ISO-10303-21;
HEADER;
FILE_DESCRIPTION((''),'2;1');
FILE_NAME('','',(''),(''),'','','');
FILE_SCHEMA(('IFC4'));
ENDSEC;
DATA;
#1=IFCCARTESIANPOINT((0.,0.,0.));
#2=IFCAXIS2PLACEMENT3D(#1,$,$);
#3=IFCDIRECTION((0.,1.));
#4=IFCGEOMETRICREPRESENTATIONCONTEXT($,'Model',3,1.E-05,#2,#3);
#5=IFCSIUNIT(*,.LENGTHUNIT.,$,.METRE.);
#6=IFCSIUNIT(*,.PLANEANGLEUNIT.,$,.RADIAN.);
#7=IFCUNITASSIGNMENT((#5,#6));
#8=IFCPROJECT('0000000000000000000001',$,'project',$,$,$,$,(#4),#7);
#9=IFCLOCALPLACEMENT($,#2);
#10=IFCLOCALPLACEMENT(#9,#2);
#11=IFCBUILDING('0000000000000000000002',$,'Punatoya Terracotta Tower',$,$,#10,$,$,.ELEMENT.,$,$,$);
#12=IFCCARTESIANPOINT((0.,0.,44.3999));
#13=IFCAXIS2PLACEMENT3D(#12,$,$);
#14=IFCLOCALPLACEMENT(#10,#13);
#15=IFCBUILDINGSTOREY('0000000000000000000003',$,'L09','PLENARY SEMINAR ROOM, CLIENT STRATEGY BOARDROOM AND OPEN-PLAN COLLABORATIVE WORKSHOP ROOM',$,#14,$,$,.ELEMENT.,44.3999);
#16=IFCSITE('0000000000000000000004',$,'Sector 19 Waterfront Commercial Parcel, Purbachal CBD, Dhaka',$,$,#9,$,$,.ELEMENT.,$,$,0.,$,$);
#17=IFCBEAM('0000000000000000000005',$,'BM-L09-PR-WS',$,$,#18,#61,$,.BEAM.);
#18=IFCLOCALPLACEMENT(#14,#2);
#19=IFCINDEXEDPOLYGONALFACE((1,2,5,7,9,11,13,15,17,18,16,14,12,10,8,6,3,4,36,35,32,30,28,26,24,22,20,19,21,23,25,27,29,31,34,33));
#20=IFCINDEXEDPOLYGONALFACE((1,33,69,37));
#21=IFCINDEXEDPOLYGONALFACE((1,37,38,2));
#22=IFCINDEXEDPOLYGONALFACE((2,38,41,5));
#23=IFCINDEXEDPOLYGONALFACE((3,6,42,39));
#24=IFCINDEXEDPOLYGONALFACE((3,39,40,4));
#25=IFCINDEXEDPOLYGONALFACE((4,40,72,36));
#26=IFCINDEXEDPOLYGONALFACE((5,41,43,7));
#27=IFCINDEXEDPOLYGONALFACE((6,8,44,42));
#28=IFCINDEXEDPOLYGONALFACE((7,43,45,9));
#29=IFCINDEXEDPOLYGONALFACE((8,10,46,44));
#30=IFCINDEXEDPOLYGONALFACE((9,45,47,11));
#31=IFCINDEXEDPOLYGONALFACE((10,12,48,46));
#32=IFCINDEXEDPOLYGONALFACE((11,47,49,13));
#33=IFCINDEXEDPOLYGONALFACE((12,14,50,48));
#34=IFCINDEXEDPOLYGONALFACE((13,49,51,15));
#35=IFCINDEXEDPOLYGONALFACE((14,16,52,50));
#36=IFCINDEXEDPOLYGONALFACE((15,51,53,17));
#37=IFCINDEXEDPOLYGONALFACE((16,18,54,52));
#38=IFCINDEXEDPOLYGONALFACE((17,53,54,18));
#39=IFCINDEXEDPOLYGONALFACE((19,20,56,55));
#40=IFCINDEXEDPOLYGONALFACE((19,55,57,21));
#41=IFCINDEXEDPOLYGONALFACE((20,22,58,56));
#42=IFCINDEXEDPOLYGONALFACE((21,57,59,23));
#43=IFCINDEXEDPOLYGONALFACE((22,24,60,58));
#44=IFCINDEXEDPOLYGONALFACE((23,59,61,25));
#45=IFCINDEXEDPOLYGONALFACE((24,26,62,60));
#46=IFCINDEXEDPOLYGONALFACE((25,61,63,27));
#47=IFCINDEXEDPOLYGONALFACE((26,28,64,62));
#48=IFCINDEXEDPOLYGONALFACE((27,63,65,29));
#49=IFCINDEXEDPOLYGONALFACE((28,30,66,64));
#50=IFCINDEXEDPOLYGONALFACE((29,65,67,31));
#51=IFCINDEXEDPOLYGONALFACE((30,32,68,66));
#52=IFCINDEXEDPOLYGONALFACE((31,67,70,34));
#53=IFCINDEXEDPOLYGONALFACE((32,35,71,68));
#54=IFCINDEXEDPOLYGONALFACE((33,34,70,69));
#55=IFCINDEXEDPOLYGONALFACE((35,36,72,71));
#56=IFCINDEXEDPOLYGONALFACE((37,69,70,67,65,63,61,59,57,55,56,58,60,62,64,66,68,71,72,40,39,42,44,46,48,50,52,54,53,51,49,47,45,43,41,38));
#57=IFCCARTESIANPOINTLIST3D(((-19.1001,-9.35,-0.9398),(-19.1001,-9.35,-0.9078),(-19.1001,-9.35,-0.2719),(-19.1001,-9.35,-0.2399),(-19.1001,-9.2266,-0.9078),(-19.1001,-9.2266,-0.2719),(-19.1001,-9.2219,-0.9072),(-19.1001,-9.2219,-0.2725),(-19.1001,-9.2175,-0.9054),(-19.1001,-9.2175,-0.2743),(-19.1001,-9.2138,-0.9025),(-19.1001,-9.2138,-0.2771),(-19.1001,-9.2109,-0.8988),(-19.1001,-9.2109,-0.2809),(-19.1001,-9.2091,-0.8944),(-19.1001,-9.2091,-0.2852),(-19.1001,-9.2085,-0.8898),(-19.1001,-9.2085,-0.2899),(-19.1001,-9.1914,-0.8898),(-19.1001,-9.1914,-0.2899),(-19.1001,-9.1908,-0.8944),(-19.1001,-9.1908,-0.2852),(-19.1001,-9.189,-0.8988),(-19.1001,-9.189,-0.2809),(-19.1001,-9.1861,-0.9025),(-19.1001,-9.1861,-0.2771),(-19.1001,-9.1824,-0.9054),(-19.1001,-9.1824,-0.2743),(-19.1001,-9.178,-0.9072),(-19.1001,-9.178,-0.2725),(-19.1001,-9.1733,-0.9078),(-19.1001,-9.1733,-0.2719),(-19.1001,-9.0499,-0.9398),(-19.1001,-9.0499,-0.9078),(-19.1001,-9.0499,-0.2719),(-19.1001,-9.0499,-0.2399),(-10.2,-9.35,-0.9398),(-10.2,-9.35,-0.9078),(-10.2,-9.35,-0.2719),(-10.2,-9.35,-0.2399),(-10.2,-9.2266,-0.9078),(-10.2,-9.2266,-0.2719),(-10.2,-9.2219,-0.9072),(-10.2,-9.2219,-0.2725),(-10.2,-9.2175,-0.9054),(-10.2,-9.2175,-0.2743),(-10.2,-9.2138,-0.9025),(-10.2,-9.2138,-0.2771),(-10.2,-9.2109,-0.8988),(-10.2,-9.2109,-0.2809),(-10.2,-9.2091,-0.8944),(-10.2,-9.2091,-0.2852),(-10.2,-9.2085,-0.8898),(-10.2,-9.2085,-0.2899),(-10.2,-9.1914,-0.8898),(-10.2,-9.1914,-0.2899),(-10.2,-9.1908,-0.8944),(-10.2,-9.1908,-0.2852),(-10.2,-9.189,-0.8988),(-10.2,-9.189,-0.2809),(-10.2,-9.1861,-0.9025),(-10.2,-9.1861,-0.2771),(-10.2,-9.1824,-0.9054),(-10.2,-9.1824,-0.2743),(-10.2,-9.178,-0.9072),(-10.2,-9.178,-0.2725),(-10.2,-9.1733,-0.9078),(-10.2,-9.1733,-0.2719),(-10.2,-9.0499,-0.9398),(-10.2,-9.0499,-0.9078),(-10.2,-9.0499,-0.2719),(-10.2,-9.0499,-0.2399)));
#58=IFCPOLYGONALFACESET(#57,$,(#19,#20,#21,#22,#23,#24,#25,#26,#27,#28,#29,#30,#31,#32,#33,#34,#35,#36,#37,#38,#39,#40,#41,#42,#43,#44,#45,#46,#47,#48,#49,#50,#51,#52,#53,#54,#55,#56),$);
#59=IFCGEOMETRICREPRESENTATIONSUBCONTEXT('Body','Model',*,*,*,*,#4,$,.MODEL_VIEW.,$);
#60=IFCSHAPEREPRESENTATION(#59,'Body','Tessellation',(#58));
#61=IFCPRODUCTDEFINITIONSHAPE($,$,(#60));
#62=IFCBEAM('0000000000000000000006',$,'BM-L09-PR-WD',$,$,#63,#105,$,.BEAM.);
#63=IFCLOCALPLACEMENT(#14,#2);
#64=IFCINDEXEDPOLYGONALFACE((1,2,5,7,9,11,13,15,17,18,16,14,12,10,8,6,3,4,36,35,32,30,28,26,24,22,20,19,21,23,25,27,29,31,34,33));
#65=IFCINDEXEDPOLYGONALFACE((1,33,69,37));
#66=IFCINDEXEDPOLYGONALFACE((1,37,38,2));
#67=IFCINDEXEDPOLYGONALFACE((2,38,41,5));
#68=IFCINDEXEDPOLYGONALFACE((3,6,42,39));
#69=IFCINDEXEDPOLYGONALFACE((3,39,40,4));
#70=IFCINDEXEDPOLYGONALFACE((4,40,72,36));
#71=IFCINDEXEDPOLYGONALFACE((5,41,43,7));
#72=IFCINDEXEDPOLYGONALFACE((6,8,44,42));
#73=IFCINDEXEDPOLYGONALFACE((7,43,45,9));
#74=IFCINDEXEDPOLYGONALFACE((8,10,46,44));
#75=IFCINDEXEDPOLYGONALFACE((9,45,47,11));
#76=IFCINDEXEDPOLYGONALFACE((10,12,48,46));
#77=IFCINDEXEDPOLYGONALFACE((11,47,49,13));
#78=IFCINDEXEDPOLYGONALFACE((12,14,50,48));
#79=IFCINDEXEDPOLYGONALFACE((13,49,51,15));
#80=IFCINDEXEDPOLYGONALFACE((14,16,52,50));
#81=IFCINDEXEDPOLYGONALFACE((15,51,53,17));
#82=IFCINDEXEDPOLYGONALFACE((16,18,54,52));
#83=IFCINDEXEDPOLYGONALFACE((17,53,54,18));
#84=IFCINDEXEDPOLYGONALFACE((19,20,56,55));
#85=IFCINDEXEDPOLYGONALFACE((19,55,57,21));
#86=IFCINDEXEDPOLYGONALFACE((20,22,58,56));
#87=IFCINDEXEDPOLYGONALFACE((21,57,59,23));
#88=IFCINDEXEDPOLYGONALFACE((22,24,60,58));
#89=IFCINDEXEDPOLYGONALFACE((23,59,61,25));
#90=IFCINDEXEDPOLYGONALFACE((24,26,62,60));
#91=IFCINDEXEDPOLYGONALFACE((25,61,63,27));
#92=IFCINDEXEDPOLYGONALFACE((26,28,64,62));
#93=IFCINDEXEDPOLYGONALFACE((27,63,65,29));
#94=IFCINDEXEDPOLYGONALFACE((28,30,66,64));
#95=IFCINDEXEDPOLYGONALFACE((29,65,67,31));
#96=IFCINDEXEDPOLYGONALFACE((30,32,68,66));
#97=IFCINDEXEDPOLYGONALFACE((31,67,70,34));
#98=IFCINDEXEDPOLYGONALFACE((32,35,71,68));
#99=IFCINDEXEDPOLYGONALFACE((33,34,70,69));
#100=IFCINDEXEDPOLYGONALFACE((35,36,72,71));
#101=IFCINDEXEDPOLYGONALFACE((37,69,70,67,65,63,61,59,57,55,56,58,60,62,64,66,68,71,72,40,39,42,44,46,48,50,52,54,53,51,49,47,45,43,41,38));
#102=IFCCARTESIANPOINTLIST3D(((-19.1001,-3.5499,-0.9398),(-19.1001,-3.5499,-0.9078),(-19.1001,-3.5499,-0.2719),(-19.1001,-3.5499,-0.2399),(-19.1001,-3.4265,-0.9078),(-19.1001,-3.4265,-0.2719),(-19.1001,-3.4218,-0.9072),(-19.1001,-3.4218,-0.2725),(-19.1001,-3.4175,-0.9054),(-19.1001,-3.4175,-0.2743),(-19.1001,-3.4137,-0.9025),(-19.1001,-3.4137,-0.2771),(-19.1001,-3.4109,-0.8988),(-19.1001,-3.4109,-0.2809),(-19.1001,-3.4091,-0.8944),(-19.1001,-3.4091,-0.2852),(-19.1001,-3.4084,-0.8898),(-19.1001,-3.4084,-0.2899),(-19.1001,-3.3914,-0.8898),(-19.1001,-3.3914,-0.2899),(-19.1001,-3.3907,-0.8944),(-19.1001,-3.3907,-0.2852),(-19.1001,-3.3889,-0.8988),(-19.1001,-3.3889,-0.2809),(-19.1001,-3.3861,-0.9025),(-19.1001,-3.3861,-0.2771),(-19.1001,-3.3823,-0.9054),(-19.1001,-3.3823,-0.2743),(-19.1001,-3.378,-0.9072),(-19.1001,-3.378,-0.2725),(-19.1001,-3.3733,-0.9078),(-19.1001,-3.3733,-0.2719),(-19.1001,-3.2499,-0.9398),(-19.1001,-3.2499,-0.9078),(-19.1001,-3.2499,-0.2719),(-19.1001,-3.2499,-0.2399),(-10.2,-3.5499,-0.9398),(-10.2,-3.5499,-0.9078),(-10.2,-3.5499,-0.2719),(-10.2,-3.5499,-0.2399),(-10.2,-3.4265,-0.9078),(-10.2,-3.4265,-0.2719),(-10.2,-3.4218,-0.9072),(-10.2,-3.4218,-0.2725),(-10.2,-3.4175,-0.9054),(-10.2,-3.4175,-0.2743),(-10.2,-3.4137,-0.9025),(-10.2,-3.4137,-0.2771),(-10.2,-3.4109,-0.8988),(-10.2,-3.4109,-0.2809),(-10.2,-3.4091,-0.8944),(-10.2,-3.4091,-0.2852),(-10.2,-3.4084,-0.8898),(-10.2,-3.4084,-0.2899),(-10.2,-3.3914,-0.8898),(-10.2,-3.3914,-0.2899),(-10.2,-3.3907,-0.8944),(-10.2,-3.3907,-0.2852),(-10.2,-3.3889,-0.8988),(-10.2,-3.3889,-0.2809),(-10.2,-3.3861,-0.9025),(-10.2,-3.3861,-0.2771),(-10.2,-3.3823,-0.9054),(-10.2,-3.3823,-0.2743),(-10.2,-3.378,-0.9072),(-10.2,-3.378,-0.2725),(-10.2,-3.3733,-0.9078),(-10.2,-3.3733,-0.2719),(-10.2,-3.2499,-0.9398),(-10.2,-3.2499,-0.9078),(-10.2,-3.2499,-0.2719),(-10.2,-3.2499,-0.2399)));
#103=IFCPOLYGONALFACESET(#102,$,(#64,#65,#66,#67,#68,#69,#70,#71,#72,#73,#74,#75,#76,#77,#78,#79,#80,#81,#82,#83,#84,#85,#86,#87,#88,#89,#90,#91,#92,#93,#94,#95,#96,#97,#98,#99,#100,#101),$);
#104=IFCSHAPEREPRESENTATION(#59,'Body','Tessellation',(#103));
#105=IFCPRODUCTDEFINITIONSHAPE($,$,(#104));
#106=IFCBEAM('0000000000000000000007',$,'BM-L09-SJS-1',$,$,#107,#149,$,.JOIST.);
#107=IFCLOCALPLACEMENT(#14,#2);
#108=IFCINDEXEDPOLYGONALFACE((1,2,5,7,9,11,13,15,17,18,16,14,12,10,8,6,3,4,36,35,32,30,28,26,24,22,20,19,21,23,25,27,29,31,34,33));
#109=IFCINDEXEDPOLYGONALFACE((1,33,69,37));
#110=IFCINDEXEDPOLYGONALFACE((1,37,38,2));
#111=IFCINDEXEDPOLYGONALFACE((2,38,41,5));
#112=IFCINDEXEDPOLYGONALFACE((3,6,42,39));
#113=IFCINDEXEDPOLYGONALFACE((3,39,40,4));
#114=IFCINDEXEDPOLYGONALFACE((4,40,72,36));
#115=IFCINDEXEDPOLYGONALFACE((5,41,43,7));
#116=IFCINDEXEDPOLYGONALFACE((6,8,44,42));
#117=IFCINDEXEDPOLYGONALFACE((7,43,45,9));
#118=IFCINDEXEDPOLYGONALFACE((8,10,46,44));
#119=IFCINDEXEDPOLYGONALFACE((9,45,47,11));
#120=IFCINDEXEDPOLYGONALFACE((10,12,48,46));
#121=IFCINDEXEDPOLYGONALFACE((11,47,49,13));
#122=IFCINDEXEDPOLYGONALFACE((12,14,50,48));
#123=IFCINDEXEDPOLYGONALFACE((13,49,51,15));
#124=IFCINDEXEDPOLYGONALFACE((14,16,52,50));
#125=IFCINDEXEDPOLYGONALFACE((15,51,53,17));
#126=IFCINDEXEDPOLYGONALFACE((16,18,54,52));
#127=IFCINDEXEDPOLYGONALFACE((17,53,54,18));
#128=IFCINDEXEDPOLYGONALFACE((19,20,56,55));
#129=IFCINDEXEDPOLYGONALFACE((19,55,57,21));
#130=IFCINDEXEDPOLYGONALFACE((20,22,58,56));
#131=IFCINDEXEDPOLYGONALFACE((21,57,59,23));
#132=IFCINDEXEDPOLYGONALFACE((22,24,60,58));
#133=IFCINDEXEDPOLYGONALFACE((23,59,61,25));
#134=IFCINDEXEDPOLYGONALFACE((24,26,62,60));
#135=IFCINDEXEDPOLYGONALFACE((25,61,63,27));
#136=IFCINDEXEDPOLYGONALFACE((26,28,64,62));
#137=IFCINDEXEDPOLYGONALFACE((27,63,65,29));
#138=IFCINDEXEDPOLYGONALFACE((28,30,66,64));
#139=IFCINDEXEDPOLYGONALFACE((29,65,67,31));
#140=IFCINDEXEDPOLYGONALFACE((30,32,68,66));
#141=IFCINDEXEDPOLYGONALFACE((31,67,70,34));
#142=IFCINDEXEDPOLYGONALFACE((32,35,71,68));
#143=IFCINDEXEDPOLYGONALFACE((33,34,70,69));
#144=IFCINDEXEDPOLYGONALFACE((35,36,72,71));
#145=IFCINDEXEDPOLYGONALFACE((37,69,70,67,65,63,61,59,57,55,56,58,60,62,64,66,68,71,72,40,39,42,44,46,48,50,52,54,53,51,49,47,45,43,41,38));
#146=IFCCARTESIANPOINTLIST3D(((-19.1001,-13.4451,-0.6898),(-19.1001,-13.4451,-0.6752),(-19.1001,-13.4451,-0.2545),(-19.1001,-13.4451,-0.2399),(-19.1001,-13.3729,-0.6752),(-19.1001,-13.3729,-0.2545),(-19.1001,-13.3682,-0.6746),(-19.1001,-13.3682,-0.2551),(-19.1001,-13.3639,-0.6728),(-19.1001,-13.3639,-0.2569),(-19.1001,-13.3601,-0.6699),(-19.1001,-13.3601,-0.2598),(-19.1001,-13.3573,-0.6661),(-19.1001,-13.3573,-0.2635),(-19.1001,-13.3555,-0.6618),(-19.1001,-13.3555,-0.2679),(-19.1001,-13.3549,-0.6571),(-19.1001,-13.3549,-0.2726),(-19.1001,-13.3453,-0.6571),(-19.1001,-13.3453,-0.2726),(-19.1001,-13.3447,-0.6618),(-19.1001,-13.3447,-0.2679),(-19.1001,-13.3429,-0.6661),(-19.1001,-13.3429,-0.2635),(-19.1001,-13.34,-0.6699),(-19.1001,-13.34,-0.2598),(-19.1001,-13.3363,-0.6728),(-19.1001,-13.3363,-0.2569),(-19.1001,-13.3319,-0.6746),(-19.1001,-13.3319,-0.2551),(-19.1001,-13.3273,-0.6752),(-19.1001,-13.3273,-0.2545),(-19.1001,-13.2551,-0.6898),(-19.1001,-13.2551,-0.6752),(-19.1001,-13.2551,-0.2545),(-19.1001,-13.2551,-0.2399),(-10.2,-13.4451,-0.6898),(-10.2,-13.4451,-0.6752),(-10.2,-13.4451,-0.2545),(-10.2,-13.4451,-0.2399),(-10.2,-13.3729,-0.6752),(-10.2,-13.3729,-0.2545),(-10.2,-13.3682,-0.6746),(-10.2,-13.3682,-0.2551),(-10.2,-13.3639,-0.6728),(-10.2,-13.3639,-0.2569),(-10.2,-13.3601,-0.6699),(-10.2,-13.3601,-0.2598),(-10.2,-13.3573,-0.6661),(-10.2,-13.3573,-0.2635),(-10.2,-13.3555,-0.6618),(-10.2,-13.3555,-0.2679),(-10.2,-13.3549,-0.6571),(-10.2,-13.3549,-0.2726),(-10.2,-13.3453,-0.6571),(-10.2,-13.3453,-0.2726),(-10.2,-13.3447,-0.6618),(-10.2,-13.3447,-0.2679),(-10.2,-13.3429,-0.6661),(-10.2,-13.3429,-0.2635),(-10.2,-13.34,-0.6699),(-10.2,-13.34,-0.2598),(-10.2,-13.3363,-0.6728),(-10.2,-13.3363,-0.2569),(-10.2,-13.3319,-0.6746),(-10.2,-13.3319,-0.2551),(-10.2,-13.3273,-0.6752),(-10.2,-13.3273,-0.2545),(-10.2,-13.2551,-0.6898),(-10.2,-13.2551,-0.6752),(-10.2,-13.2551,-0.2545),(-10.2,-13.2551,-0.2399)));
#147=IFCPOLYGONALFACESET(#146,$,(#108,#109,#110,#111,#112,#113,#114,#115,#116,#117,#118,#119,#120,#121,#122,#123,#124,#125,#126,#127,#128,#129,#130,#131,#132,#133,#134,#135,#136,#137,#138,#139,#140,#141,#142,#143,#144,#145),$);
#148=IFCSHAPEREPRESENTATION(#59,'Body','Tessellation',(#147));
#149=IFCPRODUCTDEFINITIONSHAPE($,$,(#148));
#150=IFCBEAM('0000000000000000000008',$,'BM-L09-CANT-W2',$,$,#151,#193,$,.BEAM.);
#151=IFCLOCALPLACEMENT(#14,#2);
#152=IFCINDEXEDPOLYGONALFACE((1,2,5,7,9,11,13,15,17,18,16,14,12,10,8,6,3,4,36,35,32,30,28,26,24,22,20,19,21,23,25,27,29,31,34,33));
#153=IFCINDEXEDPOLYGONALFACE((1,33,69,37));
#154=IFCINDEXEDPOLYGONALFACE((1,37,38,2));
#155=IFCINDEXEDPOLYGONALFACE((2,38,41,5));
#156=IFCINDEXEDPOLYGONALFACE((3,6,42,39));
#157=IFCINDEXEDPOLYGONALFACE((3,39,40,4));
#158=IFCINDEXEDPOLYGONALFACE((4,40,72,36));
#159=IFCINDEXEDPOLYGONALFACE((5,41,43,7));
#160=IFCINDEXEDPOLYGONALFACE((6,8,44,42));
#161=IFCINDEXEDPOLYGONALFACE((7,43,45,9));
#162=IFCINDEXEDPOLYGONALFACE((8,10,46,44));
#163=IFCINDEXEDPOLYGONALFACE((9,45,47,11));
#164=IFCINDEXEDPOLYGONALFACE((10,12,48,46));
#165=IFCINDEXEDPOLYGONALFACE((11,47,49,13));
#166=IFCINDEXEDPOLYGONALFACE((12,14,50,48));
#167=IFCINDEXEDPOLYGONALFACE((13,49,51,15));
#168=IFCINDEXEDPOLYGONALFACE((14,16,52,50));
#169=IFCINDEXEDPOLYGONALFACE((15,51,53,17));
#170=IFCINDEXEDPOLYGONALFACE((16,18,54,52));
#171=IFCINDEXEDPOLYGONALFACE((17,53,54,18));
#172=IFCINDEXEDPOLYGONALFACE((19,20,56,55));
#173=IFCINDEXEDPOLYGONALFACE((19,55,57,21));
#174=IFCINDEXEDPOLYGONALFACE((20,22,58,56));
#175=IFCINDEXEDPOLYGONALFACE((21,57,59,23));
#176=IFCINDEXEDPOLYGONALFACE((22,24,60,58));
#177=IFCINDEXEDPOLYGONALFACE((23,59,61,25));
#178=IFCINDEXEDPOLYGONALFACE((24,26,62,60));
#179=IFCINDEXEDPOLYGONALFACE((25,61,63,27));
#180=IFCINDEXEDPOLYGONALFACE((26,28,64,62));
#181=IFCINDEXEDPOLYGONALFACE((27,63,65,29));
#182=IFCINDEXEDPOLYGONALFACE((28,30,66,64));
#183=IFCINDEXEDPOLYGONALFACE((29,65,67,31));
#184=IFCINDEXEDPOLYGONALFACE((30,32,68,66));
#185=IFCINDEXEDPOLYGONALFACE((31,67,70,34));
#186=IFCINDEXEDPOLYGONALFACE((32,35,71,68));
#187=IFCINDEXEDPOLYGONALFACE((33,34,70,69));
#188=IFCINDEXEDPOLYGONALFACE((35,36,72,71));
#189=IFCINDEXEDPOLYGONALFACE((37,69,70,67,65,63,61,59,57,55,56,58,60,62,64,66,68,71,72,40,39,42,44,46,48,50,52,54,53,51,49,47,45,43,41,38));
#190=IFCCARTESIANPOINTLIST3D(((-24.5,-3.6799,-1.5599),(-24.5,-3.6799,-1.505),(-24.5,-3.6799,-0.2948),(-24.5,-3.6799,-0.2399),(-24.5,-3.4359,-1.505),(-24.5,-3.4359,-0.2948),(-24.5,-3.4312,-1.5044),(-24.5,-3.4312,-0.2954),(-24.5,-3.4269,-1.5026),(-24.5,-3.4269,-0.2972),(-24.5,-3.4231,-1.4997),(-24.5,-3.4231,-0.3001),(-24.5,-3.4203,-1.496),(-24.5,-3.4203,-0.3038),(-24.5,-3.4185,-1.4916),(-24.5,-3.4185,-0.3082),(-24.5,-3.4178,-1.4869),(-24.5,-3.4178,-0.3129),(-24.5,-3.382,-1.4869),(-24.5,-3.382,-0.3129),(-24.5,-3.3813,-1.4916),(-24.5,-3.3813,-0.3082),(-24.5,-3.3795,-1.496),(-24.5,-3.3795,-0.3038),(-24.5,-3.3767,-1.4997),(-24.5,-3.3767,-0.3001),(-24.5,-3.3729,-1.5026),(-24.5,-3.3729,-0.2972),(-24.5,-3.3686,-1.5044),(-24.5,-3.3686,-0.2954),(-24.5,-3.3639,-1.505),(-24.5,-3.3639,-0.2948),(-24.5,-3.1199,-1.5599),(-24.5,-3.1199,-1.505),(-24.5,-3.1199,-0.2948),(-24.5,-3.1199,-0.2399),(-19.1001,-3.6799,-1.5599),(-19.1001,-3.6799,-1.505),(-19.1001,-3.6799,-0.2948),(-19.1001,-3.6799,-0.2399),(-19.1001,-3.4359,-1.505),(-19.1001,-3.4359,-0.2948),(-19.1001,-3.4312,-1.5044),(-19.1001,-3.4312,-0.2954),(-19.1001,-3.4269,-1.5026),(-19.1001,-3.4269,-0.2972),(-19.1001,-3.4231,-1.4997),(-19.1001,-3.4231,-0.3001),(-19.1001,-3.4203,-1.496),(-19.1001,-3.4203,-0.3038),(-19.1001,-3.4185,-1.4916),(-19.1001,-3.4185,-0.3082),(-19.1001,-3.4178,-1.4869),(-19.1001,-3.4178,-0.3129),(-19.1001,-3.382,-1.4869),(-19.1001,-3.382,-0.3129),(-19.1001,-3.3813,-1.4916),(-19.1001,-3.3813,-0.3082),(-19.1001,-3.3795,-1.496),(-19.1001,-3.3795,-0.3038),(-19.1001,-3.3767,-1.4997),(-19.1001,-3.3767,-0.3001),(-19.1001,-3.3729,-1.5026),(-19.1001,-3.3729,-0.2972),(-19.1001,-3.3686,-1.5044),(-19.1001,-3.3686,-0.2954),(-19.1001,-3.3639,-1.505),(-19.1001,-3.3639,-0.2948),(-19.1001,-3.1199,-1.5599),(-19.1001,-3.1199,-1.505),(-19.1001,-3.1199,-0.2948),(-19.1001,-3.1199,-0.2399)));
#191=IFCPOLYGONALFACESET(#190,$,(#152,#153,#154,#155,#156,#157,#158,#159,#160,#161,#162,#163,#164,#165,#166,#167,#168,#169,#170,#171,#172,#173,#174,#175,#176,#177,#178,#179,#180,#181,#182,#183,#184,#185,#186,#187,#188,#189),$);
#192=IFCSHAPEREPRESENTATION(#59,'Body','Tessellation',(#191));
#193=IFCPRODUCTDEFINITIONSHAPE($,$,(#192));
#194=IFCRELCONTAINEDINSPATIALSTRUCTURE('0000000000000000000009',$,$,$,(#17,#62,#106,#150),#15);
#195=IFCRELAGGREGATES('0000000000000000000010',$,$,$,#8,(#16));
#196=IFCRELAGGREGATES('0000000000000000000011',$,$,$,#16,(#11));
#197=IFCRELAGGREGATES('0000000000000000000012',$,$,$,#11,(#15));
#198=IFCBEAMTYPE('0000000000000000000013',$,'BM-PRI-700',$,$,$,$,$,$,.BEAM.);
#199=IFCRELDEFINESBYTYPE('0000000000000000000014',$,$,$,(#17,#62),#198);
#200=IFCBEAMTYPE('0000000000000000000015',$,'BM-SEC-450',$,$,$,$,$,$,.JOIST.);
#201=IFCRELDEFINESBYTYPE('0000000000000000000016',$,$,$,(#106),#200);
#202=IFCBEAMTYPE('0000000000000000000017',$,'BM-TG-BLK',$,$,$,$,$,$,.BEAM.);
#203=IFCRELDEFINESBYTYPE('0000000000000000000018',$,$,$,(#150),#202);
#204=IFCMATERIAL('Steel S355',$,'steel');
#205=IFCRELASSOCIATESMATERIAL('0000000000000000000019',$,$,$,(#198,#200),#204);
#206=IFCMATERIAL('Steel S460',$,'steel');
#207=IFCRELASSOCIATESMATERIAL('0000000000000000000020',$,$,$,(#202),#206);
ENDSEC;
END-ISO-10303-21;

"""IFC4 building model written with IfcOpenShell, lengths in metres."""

from ifc_helpers import new_model, si_unit, direction, frame, origin, origin_2d, place, context, subcontext, project, spatial, i_section, extrude, material, material_profile, profile_set, type_object, element, save


model = new_model("IFC4")

# Units and contexts
model_context = context("Model", 3, precision=1e-05, world=origin(), true_north=direction((0.0, 1.0)))
body_context = subcontext(model_context, "Body", "Model", "MODEL_VIEW")
ifc_project = project(units=[si_unit("LENGTHUNIT", "METRE"), si_unit("PLANEANGLEUNIT", "RADIAN")], contexts=[model_context])

# Site, building, storey
site_placement = place(None, origin())
site = spatial("IfcSite", under=ifc_project, at=site_placement, Name="Sector 19 Waterfront Commercial Parcel, Purbachal CBD, Dhaka", CompositionType="ELEMENT", RefElevation=0.0)
building_placement = place(site_placement, origin())
building = spatial("IfcBuilding", under=site, at=building_placement, Name="Punatoya Terracotta Tower", CompositionType="ELEMENT")
storey_placement = place(building_placement, frame((0.0, 0.0, 44.3999)))
storey = spatial("IfcBuildingStorey", under=building, at=storey_placement, Name="L09", Description="PLENARY SEMINAR ROOM, CLIENT STRATEGY BOARDROOM AND OPEN-PLAN COLLABORATIVE WORKSHOP ROOM", CompositionType="ELEMENT", Elevation=44.3999)

# Shared definitions
ifc_material_1 = material(Name="Steel S460", Category="steel")

# Beams
ifc_material_2 = material(Name="Steel S355", Category="steel")
ifc_material_profile_1 = material_profile(ifc_material_2, i_section(OverallWidth=0.3, OverallDepth=0.7, WebThickness=0.0171, FlangeThickness=0.032, FilletRadius=0.0181, at=origin_2d()))
ifc_profile_set_1 = profile_set([ifc_material_profile_1], Name="Steel S355")
beam_type_1 = type_object("IfcBeamType", Name="BM-PRI-700", PredefinedType="BEAM", material=ifc_profile_set_1)
for number, where, z_axis, x_axis, name in (
    (1, (-19.1001, -9.2, -0.5898), (1.0, 0.0, 0.0), (0.0, 1.0, 0.0), "BM-L09-PR-WS"),
    (2, (-19.1001, -3.3999, -0.5898), (1.0, 0.0, 0.0), (0.0, 1.0, 0.0), "BM-L09-PR-WD"),
):
    element("IfcBeam", number, at=place(storey_placement, frame(where, z_axis=z_axis, x_axis=x_axis)), inside=storey, type_object=beam_type_1, Name=name, PredefinedType="BEAM", context=body_context, shape_type="SweptSolid", body=[
        extrude(i_section(OverallWidth=0.3, OverallDepth=0.7, WebThickness=0.0171, FlangeThickness=0.032, FilletRadius=0.0181, at=origin_2d()), origin(), (0.0, 0.0, 1.0), 8.9001),
    ])
ifc_material_profile_2 = material_profile(ifc_material_2, i_section(OverallWidth=0.1899, OverallDepth=0.45, WebThickness=0.0095, FlangeThickness=0.0146, FilletRadius=0.0181, at=origin_2d()))
ifc_profile_set_2 = profile_set([ifc_material_profile_2], Name="Steel S355")
beam_type_2 = type_object("IfcBeamType", Name="BM-SEC-450", PredefinedType="JOIST", material=ifc_profile_set_2)
beam_1_placement = place(storey_placement, frame((-19.1001, -13.3501, -0.4648), z_axis=(1.0, 0.0, 0.0), x_axis=(0.0, 1.0, 0.0)))
element("IfcBeam", 3, at=beam_1_placement, inside=storey, type_object=beam_type_2, Name="BM-L09-SJS-1", PredefinedType="JOIST", context=body_context, shape_type="SweptSolid", body=[
    extrude(i_section(OverallWidth=0.1899, OverallDepth=0.45, WebThickness=0.0095, FlangeThickness=0.0146, FilletRadius=0.0181, at=origin_2d()), origin(), (0.0, 0.0, 1.0), 8.9001),
])
ifc_material_profile_3 = material_profile(ifc_material_1, i_section(OverallWidth=0.5601, OverallDepth=1.3201, WebThickness=0.0359, FlangeThickness=0.0549, FilletRadius=0.0181, at=origin_2d()))
ifc_profile_set_3 = profile_set([ifc_material_profile_3], Name="Steel S460")
beam_type_3 = type_object("IfcBeamType", Name="BM-TG-BLK", PredefinedType="BEAM", material=ifc_profile_set_3)
beam_2_placement = place(storey_placement, frame((-24.5, -3.3999, -0.8999), z_axis=(1.0, 0.0, 0.0), x_axis=(0.0, 1.0, 0.0)))
element("IfcBeam", 4, at=beam_2_placement, inside=storey, type_object=beam_type_3, Name="BM-L09-CANT-W2", PredefinedType="BEAM", context=body_context, shape_type="SweptSolid", body=[
    extrude(i_section(OverallWidth=0.5601, OverallDepth=1.3201, WebThickness=0.0359, FlangeThickness=0.0549, FilletRadius=0.0181, at=origin_2d()), origin(), (0.0, 0.0, 1.0), 5.3999),
])

save(model, "model.ifc")
